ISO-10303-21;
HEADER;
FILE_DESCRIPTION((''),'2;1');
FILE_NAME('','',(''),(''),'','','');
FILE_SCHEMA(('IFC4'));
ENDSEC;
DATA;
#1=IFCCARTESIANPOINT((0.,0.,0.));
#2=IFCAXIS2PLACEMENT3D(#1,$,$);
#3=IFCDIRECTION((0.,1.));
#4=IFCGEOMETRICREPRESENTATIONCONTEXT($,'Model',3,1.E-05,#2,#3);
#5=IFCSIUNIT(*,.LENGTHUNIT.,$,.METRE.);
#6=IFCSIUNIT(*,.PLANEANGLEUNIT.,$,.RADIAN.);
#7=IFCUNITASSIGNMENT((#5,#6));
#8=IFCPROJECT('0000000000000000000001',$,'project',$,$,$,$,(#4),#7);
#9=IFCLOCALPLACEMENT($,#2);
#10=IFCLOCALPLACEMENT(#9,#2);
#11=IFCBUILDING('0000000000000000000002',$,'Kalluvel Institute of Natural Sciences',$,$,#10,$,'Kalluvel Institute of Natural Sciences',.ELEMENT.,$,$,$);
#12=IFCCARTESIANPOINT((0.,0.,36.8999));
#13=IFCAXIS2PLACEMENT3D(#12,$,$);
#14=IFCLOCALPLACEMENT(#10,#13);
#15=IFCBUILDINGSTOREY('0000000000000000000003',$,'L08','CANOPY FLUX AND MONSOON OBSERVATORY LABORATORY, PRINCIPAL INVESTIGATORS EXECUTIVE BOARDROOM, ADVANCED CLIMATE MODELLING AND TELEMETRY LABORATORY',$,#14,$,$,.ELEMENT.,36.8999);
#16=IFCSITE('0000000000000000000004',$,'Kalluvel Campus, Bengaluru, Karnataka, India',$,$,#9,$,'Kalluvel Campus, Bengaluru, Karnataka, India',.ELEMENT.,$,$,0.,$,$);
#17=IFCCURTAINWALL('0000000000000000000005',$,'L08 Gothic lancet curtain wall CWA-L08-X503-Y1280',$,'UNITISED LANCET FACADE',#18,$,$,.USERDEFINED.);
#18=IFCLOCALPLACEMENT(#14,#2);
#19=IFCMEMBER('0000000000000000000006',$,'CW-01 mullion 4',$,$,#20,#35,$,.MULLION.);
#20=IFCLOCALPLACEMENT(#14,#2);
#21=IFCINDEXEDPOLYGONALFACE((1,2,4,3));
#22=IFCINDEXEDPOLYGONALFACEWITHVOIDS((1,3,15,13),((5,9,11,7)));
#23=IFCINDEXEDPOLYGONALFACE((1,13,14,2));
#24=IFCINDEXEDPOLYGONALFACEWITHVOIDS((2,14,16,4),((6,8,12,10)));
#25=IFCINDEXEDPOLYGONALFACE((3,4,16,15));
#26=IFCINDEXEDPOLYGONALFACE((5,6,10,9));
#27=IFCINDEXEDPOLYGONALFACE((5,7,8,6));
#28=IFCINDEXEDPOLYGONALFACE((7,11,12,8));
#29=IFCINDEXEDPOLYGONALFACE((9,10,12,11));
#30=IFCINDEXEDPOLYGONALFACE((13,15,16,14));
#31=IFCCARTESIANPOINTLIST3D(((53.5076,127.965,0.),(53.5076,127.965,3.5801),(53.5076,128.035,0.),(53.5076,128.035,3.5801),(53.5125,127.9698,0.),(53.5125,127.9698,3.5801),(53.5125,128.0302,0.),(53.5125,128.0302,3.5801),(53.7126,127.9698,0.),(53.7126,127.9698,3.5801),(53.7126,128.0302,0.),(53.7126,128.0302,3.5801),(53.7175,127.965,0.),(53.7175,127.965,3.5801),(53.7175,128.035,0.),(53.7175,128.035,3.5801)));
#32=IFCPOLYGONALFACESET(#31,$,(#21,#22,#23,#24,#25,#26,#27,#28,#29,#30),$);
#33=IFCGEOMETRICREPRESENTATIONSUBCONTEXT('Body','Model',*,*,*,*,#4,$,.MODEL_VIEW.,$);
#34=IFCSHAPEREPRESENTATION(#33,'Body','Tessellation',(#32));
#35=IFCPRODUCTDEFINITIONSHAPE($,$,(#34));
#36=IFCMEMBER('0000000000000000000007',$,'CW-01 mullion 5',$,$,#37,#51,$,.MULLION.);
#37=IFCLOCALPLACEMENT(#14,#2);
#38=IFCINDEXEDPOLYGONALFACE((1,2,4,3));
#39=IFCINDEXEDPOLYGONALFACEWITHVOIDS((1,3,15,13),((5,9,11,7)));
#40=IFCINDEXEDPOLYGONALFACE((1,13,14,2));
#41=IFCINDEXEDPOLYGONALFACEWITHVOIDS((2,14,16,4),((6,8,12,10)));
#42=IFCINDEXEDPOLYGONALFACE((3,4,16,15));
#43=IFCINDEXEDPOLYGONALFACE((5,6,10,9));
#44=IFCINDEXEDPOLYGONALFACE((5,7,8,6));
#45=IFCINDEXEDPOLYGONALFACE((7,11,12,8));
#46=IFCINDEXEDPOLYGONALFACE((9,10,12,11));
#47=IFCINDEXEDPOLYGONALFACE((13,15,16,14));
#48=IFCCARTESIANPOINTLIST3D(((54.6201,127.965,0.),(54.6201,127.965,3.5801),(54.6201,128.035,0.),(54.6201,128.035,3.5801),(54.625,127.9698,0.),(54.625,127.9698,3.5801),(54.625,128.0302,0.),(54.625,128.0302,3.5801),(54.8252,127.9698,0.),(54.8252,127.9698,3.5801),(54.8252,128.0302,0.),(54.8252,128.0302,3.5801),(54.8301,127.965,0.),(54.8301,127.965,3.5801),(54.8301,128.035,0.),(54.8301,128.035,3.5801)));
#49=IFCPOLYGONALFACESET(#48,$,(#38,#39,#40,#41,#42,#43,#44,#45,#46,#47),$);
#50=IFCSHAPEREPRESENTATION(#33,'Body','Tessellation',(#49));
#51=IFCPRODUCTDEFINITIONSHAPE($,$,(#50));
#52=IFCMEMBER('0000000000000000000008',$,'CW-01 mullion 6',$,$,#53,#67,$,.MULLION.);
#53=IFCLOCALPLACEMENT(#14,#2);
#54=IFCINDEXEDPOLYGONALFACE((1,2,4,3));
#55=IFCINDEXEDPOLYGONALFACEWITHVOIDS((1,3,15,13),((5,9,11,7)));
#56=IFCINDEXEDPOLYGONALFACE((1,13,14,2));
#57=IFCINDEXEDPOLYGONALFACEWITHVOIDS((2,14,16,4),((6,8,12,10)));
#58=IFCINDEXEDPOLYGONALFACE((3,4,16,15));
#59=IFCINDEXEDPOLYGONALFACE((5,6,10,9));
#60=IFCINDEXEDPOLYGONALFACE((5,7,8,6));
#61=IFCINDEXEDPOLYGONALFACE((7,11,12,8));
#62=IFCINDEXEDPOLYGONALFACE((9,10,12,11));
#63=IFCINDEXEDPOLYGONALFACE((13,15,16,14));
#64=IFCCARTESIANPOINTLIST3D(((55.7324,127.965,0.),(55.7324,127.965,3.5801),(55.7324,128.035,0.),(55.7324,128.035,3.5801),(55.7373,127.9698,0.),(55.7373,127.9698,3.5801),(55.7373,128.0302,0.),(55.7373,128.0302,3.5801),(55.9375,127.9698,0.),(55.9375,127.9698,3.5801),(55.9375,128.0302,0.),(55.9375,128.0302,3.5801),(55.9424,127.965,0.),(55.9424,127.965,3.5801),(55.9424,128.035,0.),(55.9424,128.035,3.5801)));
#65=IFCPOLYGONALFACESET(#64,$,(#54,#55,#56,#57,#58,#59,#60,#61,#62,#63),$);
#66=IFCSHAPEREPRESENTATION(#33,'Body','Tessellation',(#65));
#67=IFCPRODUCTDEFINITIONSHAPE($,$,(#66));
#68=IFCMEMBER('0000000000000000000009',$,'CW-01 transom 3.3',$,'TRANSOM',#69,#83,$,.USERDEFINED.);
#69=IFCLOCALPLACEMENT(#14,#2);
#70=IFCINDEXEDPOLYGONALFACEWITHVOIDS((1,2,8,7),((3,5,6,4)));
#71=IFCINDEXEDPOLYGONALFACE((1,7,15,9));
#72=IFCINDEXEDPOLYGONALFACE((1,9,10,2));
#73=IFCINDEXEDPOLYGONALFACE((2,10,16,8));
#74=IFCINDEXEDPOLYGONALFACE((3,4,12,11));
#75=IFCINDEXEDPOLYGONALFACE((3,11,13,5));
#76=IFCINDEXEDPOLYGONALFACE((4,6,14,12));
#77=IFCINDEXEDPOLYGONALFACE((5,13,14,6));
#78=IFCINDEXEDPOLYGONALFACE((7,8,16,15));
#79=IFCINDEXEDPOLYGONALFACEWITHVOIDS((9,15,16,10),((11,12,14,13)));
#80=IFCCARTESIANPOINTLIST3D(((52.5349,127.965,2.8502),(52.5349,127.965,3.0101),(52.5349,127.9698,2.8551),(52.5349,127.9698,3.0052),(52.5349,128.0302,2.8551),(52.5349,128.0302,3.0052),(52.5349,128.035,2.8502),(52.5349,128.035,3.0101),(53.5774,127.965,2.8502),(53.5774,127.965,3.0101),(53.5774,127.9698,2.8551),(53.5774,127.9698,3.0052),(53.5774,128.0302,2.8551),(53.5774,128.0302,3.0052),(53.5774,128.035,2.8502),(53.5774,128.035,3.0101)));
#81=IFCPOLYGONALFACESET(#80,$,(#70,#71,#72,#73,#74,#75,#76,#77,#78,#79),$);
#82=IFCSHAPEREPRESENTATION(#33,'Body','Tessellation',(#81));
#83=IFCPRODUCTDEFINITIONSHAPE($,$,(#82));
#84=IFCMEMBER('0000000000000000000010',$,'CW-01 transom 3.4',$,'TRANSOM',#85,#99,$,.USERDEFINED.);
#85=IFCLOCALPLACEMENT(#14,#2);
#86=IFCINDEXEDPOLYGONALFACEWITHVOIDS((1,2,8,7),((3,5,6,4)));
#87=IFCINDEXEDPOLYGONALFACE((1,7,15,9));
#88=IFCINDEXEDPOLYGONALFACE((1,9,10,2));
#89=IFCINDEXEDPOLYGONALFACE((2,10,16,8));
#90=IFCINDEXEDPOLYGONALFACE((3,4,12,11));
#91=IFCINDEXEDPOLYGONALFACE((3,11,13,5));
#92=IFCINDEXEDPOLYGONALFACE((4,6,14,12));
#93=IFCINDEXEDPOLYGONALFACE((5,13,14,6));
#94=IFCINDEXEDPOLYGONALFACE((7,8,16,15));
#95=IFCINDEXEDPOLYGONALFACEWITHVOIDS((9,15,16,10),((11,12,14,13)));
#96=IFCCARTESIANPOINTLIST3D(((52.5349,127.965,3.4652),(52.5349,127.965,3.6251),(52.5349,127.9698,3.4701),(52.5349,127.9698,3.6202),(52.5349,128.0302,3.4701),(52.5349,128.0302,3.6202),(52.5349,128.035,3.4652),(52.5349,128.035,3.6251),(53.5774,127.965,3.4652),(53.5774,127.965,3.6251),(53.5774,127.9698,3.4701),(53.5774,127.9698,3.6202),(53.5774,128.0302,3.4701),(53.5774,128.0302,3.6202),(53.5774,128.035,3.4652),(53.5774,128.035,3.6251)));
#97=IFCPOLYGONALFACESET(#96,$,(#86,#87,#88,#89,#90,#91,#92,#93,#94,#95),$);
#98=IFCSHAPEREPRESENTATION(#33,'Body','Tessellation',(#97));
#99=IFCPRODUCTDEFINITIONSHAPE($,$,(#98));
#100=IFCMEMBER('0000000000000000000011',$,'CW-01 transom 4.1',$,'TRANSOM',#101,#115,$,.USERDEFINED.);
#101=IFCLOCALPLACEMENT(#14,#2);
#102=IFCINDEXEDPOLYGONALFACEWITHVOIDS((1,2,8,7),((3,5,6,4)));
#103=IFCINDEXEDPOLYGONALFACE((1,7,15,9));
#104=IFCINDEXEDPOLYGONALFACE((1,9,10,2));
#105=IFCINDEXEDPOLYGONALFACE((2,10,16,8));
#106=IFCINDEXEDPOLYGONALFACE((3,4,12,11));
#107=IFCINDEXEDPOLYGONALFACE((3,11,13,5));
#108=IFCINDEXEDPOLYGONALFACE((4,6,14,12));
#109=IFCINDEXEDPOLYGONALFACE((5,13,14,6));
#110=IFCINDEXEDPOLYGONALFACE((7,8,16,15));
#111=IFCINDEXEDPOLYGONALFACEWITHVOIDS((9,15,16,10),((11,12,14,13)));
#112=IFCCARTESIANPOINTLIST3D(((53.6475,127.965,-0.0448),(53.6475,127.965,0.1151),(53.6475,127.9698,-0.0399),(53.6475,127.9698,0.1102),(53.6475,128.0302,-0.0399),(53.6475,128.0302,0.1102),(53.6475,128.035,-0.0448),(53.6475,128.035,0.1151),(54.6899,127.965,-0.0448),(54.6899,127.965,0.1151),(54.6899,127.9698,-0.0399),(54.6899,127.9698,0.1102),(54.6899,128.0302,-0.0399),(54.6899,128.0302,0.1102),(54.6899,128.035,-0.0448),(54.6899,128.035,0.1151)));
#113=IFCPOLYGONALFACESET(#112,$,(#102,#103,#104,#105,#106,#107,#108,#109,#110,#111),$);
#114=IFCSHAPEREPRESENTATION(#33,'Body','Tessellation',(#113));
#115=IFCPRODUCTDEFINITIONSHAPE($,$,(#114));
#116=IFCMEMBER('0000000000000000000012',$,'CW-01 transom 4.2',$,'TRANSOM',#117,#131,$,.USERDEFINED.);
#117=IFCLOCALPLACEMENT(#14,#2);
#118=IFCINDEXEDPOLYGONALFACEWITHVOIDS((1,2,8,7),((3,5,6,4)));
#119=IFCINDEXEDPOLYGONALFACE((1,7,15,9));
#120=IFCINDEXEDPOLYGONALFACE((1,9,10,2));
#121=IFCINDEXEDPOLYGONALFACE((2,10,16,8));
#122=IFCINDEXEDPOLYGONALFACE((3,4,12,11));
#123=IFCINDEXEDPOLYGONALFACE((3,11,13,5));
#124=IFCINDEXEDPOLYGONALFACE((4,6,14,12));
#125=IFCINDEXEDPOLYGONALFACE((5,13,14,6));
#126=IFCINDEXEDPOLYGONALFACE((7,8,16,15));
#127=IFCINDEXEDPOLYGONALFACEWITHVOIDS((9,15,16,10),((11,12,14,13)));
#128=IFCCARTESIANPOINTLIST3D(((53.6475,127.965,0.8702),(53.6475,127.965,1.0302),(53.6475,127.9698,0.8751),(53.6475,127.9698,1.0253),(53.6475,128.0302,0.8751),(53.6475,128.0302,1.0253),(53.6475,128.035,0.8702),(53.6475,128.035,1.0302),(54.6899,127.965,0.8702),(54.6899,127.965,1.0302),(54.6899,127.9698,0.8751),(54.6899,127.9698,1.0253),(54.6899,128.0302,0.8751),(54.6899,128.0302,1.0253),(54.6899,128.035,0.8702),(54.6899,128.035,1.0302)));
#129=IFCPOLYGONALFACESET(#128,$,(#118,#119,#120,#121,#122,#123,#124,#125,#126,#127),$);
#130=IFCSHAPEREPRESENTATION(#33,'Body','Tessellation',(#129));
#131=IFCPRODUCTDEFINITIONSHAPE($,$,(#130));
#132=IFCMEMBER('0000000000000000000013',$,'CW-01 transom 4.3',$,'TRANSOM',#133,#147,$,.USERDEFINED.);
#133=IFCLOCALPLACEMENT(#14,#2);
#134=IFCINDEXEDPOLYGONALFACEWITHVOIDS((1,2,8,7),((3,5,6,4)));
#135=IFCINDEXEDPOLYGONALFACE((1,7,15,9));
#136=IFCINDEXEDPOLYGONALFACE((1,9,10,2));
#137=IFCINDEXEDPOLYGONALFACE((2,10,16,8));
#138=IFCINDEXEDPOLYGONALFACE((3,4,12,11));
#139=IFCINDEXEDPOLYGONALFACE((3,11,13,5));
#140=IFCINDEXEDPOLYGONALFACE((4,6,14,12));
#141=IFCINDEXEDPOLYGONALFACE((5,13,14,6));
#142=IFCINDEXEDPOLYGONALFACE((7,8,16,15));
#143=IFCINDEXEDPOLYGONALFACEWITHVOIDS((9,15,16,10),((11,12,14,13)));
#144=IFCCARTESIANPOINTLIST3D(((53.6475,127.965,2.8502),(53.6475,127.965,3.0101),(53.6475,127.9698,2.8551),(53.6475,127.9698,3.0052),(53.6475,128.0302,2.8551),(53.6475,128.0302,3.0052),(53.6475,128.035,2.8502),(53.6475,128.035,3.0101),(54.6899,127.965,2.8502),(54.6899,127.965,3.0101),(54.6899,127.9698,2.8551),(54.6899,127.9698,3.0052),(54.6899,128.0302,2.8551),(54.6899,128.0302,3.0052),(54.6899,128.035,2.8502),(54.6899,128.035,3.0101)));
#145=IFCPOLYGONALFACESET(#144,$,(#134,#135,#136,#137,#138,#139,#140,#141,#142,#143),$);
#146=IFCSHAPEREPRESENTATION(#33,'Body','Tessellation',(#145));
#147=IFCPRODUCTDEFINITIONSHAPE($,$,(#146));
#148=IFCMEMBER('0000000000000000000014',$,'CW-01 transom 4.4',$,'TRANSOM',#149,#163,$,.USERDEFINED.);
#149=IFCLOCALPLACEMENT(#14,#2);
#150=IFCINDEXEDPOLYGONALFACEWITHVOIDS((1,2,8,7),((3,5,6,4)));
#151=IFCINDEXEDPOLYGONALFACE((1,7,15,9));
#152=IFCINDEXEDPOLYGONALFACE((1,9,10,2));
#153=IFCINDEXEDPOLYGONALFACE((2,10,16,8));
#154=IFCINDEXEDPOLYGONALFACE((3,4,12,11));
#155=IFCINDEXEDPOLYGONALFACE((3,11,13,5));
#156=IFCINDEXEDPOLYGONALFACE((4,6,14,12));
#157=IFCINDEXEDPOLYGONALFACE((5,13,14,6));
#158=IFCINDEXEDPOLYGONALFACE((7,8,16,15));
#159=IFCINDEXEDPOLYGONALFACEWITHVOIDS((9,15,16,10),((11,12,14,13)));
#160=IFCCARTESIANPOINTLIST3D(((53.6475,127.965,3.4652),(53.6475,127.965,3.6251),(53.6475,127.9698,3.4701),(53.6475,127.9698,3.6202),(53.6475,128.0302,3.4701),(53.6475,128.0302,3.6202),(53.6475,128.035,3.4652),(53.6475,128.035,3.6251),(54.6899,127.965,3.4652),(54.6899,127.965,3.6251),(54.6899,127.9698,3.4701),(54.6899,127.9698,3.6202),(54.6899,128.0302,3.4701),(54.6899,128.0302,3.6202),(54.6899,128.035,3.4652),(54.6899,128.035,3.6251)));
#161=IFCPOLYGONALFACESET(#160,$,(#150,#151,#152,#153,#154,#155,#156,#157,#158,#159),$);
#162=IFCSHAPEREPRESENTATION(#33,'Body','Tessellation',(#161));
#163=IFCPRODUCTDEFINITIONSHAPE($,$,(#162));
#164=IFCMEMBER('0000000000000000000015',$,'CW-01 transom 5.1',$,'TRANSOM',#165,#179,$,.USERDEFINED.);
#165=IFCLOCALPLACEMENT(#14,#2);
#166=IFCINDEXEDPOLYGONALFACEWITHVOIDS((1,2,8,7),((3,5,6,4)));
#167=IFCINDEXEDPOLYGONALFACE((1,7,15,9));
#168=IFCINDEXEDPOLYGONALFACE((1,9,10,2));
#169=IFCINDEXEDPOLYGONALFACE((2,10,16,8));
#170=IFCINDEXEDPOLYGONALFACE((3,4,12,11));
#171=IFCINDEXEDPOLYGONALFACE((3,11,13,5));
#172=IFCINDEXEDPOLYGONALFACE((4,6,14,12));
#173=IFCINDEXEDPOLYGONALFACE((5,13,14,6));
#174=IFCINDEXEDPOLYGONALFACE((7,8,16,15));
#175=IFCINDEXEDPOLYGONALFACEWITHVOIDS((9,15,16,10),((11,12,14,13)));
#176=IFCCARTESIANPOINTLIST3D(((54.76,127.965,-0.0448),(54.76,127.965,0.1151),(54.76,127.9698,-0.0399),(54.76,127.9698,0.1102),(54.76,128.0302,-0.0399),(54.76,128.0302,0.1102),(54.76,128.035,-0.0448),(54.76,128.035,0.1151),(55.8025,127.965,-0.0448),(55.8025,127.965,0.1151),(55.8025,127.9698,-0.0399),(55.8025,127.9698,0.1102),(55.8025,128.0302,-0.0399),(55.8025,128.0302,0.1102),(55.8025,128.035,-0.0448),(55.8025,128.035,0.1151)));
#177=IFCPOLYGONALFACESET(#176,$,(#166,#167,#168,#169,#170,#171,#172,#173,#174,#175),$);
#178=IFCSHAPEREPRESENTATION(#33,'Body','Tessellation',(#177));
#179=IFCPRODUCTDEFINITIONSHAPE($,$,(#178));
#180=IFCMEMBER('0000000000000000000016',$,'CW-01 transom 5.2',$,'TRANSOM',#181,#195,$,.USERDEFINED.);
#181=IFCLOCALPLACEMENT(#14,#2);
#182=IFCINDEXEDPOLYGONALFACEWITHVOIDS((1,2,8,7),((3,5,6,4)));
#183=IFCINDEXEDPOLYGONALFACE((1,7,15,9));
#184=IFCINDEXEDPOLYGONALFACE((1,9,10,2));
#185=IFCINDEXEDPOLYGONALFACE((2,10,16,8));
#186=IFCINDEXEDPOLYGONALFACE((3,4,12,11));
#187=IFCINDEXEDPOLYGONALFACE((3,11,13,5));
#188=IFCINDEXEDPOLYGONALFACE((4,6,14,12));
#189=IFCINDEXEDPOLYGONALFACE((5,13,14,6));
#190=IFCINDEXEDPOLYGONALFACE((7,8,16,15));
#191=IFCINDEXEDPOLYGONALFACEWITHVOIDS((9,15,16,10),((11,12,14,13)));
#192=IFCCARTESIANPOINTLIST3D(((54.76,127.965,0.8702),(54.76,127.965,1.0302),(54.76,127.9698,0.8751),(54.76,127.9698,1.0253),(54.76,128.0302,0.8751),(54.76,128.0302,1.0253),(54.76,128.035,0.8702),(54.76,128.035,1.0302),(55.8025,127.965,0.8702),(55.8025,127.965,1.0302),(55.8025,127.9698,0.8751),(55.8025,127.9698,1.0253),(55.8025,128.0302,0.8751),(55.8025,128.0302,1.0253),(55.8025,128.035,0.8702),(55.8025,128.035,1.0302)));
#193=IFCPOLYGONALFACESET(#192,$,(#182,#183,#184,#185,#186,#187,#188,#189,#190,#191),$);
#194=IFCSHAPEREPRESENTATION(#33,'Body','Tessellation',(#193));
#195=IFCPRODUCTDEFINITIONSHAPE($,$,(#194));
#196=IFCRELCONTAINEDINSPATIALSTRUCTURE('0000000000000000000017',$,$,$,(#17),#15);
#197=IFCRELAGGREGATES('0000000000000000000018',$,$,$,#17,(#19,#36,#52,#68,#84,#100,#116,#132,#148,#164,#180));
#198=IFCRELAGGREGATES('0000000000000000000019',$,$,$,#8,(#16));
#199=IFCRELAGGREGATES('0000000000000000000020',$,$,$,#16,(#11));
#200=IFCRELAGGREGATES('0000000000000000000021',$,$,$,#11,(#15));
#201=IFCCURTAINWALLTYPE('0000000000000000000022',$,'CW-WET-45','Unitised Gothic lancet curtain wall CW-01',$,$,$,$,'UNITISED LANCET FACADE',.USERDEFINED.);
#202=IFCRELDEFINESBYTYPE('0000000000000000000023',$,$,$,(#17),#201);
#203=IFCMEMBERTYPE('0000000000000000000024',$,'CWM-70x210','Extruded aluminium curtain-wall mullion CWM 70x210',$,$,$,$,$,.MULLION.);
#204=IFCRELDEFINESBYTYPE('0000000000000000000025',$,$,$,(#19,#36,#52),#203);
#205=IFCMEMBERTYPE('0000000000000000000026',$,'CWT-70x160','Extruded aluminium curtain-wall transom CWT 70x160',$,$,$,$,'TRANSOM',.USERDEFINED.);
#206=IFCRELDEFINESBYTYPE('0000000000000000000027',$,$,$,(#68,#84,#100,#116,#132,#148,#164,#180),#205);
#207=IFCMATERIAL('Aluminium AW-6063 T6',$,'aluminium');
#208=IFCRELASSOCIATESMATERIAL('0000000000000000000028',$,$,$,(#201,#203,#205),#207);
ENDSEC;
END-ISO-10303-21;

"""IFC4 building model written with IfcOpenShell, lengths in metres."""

from ifc_helpers import new_model, si_unit, direction, frame, origin, origin_2d, place, context, subcontext, project, spatial, hollow_rectangle, extrude, material, material_profile, profile_set, type_object, element, aggregate, save


model = new_model("IFC4")

# Units and contexts
model_context = context("Model", 3, precision=1e-05, world=origin(), true_north=direction((0.0, 1.0)))
body_context = subcontext(model_context, "Body", "Model", "MODEL_VIEW")
ifc_project = project(units=[si_unit("LENGTHUNIT", "METRE"), si_unit("PLANEANGLEUNIT", "RADIAN")], contexts=[model_context])

# Site, building, storey
site_placement = place(None, origin())
site = spatial("IfcSite", under=ifc_project, at=site_placement, Name="Kalluvel Campus, Bengaluru, Karnataka, India", LongName="Kalluvel Campus, Bengaluru, Karnataka, India", CompositionType="ELEMENT", RefElevation=0.0)
building_placement = place(site_placement, origin())
building = spatial("IfcBuilding", under=site, at=building_placement, Name="Kalluvel Institute of Natural Sciences", LongName="Kalluvel Institute of Natural Sciences", CompositionType="ELEMENT")
storey_placement = place(building_placement, frame((0.0, 0.0, 36.8999)))
storey = spatial("IfcBuildingStorey", under=building, at=storey_placement, Name="L08", Description="CANOPY FLUX AND MONSOON OBSERVATORY LABORATORY, PRINCIPAL INVESTIGATORS EXECUTIVE BOARDROOM, ADVANCED CLIMATE MODELLING AND TELEMETRY LABORATORY", CompositionType="ELEMENT", Elevation=36.8999)

# Curtain wall, members
ifc_material_1 = material(Name="Aluminium AW-6063 T6", Category="aluminium")
curtain_wall_type = type_object("IfcCurtainWallType", Name="CW-WET-45", Description="Unitised Gothic lancet curtain wall CW-01", ElementType="UNITISED LANCET FACADE", PredefinedType="USERDEFINED", material=ifc_material_1)
curtain_wall_placement = place(storey_placement, origin())
curtain_wall = element("IfcCurtainWall", 1, at=curtain_wall_placement, inside=storey, type_object=curtain_wall_type, Name="L08 Gothic lancet curtain wall CWA-L08-X503-Y1280", ObjectType="UNITISED LANCET FACADE", PredefinedType="USERDEFINED")
ifc_material_profile_1 = material_profile(ifc_material_1, hollow_rectangle(XDim=0.0701, YDim=0.21, WallThickness=0.0049, at=origin_2d()), Name="CWM 70x210")
ifc_profile_set_1 = profile_set([ifc_material_profile_1], Name="Aluminium AW-6063 T6")
member_type_1 = type_object("IfcMemberType", Name="CWM-70x210", Description="Extruded aluminium curtain-wall mullion CWM 70x210", PredefinedType="MULLION", material=ifc_profile_set_1)
member_1_placement = place(storey_placement, frame((53.6125, 128.0, 0.0), z_axis=(0.0, 0.0, 1.0), x_axis=(0.0, 1.0, 0.0)))
member_1 = element("IfcMember", 2, at=member_1_placement, type_object=member_type_1, Name="CW-01 mullion 4", PredefinedType="MULLION", context=body_context, shape_type="SweptSolid", body=[
    extrude(hollow_rectangle(XDim=0.0701, YDim=0.21, WallThickness=0.0049, at=origin_2d()), origin(), (0.0, 0.0, 1.0), 3.5801),
])
member_2_placement = place(storey_placement, frame((54.7251, 128.0, 0.0), z_axis=(0.0, 0.0, 1.0), x_axis=(0.0, 1.0, 0.0)))
member_2 = element("IfcMember", 3, at=member_2_placement, type_object=member_type_1, Name="CW-01 mullion 5", PredefinedType="MULLION", context=body_context, shape_type="SweptSolid", body=[
    extrude(hollow_rectangle(XDim=0.0701, YDim=0.21, WallThickness=0.0049, at=origin_2d()), origin(), (0.0, 0.0, 1.0), 3.5801),
])
member_3_placement = place(storey_placement, frame((55.8374, 128.0, 0.0), z_axis=(0.0, 0.0, 1.0), x_axis=(0.0, 1.0, 0.0)))
member_3 = element("IfcMember", 4, at=member_3_placement, type_object=member_type_1, Name="CW-01 mullion 6", PredefinedType="MULLION", context=body_context, shape_type="SweptSolid", body=[
    extrude(hollow_rectangle(XDim=0.0701, YDim=0.21, WallThickness=0.0049, at=origin_2d()), origin(), (0.0, 0.0, 1.0), 3.5801),
])
ifc_material_profile_2 = material_profile(ifc_material_1, hollow_rectangle(XDim=0.0701, YDim=0.1599, WallThickness=0.0049, at=origin_2d()), Name="CWT 70x160")
ifc_profile_set_2 = profile_set([ifc_material_profile_2], Name="Aluminium AW-6063 T6")
member_type_2 = type_object("IfcMemberType", Name="CWT-70x160", Description="Extruded aluminium curtain-wall transom CWT 70x160", ElementType="TRANSOM", PredefinedType="USERDEFINED", material=ifc_profile_set_2)
member_4_placement = place(storey_placement, frame((52.5349, 128.0, 2.9302), z_axis=(1.0, 0.0, 0.0), x_axis=(0.0, 1.0, 0.0)))
member_4 = element("IfcMember", 5, at=member_4_placement, type_object=member_type_2, Name="CW-01 transom 3.3", ObjectType="TRANSOM", PredefinedType="USERDEFINED", context=body_context, shape_type="SweptSolid", body=[
    extrude(hollow_rectangle(XDim=0.0701, YDim=0.1599, WallThickness=0.0049, at=origin_2d()), origin(), (0.0, 0.0, 1.0), 1.0425),
])
member_5_placement = place(storey_placement, frame((52.5349, 128.0, 3.5452), z_axis=(1.0, 0.0, 0.0), x_axis=(0.0, 1.0, 0.0)))
member_5 = element("IfcMember", 6, at=member_5_placement, type_object=member_type_2, Name="CW-01 transom 3.4", ObjectType="TRANSOM", PredefinedType="USERDEFINED", context=body_context, shape_type="SweptSolid", body=[
    extrude(hollow_rectangle(XDim=0.0701, YDim=0.1599, WallThickness=0.0049, at=origin_2d()), origin(), (0.0, 0.0, 1.0), 1.0425),
])
member_6_placement = place(storey_placement, frame((53.6475, 128.0, 0.0352), z_axis=(1.0, 0.0, 0.0), x_axis=(0.0, 1.0, 0.0)))
member_6 = element("IfcMember", 7, at=member_6_placement, type_object=member_type_2, Name="CW-01 transom 4.1", ObjectType="TRANSOM", PredefinedType="USERDEFINED", context=body_context, shape_type="SweptSolid", body=[
    extrude(hollow_rectangle(XDim=0.0701, YDim=0.1599, WallThickness=0.0049, at=origin_2d()), origin(), (0.0, 0.0, 1.0), 1.0425),
])
member_7_placement = place(storey_placement, frame((53.6475, 128.0, 0.9502), z_axis=(1.0, 0.0, 0.0), x_axis=(0.0, 1.0, 0.0)))
member_7 = element("IfcMember", 8, at=member_7_placement, type_object=member_type_2, Name="CW-01 transom 4.2", ObjectType="TRANSOM", PredefinedType="USERDEFINED", context=body_context, shape_type="SweptSolid", body=[
    extrude(hollow_rectangle(XDim=0.0701, YDim=0.1599, WallThickness=0.0049, at=origin_2d()), origin(), (0.0, 0.0, 1.0), 1.0425),
])
member_8_placement = place(storey_placement, frame((53.6475, 128.0, 2.9302), z_axis=(1.0, 0.0, 0.0), x_axis=(0.0, 1.0, 0.0)))
member_8 = element("IfcMember", 9, at=member_8_placement, type_object=member_type_2, Name="CW-01 transom 4.3", ObjectType="TRANSOM", PredefinedType="USERDEFINED", context=body_context, shape_type="SweptSolid", body=[
    extrude(hollow_rectangle(XDim=0.0701, YDim=0.1599, WallThickness=0.0049, at=origin_2d()), origin(), (0.0, 0.0, 1.0), 1.0425),
])
member_9_placement = place(storey_placement, frame((53.6475, 128.0, 3.5452), z_axis=(1.0, 0.0, 0.0), x_axis=(0.0, 1.0, 0.0)))
member_9 = element("IfcMember", 10, at=member_9_placement, type_object=member_type_2, Name="CW-01 transom 4.4", ObjectType="TRANSOM", PredefinedType="USERDEFINED", context=body_context, shape_type="SweptSolid", body=[
    extrude(hollow_rectangle(XDim=0.0701, YDim=0.1599, WallThickness=0.0049, at=origin_2d()), origin(), (0.0, 0.0, 1.0), 1.0425),
])
member_10_placement = place(storey_placement, frame((54.76, 128.0, 0.0352), z_axis=(1.0, 0.0, 0.0), x_axis=(0.0, 1.0, 0.0)))
member_10 = element("IfcMember", 11, at=member_10_placement, type_object=member_type_2, Name="CW-01 transom 5.1", ObjectType="TRANSOM", PredefinedType="USERDEFINED", context=body_context, shape_type="SweptSolid", body=[
    extrude(hollow_rectangle(XDim=0.0701, YDim=0.1599, WallThickness=0.0049, at=origin_2d()), origin(), (0.0, 0.0, 1.0), 1.0425),
])
member_11_placement = place(storey_placement, frame((54.76, 128.0, 0.9502), z_axis=(1.0, 0.0, 0.0), x_axis=(0.0, 1.0, 0.0)))
member_11 = element("IfcMember", 12, at=member_11_placement, type_object=member_type_2, Name="CW-01 transom 5.2", ObjectType="TRANSOM", PredefinedType="USERDEFINED", context=body_context, shape_type="SweptSolid", body=[
    extrude(hollow_rectangle(XDim=0.0701, YDim=0.1599, WallThickness=0.0049, at=origin_2d()), origin(), (0.0, 0.0, 1.0), 1.0425),
])
aggregate(curtain_wall, [member_1, member_2, member_3, member_4, member_5, member_6, member_7, member_8, member_9, member_10, member_11])

save(model, "model.ifc")
